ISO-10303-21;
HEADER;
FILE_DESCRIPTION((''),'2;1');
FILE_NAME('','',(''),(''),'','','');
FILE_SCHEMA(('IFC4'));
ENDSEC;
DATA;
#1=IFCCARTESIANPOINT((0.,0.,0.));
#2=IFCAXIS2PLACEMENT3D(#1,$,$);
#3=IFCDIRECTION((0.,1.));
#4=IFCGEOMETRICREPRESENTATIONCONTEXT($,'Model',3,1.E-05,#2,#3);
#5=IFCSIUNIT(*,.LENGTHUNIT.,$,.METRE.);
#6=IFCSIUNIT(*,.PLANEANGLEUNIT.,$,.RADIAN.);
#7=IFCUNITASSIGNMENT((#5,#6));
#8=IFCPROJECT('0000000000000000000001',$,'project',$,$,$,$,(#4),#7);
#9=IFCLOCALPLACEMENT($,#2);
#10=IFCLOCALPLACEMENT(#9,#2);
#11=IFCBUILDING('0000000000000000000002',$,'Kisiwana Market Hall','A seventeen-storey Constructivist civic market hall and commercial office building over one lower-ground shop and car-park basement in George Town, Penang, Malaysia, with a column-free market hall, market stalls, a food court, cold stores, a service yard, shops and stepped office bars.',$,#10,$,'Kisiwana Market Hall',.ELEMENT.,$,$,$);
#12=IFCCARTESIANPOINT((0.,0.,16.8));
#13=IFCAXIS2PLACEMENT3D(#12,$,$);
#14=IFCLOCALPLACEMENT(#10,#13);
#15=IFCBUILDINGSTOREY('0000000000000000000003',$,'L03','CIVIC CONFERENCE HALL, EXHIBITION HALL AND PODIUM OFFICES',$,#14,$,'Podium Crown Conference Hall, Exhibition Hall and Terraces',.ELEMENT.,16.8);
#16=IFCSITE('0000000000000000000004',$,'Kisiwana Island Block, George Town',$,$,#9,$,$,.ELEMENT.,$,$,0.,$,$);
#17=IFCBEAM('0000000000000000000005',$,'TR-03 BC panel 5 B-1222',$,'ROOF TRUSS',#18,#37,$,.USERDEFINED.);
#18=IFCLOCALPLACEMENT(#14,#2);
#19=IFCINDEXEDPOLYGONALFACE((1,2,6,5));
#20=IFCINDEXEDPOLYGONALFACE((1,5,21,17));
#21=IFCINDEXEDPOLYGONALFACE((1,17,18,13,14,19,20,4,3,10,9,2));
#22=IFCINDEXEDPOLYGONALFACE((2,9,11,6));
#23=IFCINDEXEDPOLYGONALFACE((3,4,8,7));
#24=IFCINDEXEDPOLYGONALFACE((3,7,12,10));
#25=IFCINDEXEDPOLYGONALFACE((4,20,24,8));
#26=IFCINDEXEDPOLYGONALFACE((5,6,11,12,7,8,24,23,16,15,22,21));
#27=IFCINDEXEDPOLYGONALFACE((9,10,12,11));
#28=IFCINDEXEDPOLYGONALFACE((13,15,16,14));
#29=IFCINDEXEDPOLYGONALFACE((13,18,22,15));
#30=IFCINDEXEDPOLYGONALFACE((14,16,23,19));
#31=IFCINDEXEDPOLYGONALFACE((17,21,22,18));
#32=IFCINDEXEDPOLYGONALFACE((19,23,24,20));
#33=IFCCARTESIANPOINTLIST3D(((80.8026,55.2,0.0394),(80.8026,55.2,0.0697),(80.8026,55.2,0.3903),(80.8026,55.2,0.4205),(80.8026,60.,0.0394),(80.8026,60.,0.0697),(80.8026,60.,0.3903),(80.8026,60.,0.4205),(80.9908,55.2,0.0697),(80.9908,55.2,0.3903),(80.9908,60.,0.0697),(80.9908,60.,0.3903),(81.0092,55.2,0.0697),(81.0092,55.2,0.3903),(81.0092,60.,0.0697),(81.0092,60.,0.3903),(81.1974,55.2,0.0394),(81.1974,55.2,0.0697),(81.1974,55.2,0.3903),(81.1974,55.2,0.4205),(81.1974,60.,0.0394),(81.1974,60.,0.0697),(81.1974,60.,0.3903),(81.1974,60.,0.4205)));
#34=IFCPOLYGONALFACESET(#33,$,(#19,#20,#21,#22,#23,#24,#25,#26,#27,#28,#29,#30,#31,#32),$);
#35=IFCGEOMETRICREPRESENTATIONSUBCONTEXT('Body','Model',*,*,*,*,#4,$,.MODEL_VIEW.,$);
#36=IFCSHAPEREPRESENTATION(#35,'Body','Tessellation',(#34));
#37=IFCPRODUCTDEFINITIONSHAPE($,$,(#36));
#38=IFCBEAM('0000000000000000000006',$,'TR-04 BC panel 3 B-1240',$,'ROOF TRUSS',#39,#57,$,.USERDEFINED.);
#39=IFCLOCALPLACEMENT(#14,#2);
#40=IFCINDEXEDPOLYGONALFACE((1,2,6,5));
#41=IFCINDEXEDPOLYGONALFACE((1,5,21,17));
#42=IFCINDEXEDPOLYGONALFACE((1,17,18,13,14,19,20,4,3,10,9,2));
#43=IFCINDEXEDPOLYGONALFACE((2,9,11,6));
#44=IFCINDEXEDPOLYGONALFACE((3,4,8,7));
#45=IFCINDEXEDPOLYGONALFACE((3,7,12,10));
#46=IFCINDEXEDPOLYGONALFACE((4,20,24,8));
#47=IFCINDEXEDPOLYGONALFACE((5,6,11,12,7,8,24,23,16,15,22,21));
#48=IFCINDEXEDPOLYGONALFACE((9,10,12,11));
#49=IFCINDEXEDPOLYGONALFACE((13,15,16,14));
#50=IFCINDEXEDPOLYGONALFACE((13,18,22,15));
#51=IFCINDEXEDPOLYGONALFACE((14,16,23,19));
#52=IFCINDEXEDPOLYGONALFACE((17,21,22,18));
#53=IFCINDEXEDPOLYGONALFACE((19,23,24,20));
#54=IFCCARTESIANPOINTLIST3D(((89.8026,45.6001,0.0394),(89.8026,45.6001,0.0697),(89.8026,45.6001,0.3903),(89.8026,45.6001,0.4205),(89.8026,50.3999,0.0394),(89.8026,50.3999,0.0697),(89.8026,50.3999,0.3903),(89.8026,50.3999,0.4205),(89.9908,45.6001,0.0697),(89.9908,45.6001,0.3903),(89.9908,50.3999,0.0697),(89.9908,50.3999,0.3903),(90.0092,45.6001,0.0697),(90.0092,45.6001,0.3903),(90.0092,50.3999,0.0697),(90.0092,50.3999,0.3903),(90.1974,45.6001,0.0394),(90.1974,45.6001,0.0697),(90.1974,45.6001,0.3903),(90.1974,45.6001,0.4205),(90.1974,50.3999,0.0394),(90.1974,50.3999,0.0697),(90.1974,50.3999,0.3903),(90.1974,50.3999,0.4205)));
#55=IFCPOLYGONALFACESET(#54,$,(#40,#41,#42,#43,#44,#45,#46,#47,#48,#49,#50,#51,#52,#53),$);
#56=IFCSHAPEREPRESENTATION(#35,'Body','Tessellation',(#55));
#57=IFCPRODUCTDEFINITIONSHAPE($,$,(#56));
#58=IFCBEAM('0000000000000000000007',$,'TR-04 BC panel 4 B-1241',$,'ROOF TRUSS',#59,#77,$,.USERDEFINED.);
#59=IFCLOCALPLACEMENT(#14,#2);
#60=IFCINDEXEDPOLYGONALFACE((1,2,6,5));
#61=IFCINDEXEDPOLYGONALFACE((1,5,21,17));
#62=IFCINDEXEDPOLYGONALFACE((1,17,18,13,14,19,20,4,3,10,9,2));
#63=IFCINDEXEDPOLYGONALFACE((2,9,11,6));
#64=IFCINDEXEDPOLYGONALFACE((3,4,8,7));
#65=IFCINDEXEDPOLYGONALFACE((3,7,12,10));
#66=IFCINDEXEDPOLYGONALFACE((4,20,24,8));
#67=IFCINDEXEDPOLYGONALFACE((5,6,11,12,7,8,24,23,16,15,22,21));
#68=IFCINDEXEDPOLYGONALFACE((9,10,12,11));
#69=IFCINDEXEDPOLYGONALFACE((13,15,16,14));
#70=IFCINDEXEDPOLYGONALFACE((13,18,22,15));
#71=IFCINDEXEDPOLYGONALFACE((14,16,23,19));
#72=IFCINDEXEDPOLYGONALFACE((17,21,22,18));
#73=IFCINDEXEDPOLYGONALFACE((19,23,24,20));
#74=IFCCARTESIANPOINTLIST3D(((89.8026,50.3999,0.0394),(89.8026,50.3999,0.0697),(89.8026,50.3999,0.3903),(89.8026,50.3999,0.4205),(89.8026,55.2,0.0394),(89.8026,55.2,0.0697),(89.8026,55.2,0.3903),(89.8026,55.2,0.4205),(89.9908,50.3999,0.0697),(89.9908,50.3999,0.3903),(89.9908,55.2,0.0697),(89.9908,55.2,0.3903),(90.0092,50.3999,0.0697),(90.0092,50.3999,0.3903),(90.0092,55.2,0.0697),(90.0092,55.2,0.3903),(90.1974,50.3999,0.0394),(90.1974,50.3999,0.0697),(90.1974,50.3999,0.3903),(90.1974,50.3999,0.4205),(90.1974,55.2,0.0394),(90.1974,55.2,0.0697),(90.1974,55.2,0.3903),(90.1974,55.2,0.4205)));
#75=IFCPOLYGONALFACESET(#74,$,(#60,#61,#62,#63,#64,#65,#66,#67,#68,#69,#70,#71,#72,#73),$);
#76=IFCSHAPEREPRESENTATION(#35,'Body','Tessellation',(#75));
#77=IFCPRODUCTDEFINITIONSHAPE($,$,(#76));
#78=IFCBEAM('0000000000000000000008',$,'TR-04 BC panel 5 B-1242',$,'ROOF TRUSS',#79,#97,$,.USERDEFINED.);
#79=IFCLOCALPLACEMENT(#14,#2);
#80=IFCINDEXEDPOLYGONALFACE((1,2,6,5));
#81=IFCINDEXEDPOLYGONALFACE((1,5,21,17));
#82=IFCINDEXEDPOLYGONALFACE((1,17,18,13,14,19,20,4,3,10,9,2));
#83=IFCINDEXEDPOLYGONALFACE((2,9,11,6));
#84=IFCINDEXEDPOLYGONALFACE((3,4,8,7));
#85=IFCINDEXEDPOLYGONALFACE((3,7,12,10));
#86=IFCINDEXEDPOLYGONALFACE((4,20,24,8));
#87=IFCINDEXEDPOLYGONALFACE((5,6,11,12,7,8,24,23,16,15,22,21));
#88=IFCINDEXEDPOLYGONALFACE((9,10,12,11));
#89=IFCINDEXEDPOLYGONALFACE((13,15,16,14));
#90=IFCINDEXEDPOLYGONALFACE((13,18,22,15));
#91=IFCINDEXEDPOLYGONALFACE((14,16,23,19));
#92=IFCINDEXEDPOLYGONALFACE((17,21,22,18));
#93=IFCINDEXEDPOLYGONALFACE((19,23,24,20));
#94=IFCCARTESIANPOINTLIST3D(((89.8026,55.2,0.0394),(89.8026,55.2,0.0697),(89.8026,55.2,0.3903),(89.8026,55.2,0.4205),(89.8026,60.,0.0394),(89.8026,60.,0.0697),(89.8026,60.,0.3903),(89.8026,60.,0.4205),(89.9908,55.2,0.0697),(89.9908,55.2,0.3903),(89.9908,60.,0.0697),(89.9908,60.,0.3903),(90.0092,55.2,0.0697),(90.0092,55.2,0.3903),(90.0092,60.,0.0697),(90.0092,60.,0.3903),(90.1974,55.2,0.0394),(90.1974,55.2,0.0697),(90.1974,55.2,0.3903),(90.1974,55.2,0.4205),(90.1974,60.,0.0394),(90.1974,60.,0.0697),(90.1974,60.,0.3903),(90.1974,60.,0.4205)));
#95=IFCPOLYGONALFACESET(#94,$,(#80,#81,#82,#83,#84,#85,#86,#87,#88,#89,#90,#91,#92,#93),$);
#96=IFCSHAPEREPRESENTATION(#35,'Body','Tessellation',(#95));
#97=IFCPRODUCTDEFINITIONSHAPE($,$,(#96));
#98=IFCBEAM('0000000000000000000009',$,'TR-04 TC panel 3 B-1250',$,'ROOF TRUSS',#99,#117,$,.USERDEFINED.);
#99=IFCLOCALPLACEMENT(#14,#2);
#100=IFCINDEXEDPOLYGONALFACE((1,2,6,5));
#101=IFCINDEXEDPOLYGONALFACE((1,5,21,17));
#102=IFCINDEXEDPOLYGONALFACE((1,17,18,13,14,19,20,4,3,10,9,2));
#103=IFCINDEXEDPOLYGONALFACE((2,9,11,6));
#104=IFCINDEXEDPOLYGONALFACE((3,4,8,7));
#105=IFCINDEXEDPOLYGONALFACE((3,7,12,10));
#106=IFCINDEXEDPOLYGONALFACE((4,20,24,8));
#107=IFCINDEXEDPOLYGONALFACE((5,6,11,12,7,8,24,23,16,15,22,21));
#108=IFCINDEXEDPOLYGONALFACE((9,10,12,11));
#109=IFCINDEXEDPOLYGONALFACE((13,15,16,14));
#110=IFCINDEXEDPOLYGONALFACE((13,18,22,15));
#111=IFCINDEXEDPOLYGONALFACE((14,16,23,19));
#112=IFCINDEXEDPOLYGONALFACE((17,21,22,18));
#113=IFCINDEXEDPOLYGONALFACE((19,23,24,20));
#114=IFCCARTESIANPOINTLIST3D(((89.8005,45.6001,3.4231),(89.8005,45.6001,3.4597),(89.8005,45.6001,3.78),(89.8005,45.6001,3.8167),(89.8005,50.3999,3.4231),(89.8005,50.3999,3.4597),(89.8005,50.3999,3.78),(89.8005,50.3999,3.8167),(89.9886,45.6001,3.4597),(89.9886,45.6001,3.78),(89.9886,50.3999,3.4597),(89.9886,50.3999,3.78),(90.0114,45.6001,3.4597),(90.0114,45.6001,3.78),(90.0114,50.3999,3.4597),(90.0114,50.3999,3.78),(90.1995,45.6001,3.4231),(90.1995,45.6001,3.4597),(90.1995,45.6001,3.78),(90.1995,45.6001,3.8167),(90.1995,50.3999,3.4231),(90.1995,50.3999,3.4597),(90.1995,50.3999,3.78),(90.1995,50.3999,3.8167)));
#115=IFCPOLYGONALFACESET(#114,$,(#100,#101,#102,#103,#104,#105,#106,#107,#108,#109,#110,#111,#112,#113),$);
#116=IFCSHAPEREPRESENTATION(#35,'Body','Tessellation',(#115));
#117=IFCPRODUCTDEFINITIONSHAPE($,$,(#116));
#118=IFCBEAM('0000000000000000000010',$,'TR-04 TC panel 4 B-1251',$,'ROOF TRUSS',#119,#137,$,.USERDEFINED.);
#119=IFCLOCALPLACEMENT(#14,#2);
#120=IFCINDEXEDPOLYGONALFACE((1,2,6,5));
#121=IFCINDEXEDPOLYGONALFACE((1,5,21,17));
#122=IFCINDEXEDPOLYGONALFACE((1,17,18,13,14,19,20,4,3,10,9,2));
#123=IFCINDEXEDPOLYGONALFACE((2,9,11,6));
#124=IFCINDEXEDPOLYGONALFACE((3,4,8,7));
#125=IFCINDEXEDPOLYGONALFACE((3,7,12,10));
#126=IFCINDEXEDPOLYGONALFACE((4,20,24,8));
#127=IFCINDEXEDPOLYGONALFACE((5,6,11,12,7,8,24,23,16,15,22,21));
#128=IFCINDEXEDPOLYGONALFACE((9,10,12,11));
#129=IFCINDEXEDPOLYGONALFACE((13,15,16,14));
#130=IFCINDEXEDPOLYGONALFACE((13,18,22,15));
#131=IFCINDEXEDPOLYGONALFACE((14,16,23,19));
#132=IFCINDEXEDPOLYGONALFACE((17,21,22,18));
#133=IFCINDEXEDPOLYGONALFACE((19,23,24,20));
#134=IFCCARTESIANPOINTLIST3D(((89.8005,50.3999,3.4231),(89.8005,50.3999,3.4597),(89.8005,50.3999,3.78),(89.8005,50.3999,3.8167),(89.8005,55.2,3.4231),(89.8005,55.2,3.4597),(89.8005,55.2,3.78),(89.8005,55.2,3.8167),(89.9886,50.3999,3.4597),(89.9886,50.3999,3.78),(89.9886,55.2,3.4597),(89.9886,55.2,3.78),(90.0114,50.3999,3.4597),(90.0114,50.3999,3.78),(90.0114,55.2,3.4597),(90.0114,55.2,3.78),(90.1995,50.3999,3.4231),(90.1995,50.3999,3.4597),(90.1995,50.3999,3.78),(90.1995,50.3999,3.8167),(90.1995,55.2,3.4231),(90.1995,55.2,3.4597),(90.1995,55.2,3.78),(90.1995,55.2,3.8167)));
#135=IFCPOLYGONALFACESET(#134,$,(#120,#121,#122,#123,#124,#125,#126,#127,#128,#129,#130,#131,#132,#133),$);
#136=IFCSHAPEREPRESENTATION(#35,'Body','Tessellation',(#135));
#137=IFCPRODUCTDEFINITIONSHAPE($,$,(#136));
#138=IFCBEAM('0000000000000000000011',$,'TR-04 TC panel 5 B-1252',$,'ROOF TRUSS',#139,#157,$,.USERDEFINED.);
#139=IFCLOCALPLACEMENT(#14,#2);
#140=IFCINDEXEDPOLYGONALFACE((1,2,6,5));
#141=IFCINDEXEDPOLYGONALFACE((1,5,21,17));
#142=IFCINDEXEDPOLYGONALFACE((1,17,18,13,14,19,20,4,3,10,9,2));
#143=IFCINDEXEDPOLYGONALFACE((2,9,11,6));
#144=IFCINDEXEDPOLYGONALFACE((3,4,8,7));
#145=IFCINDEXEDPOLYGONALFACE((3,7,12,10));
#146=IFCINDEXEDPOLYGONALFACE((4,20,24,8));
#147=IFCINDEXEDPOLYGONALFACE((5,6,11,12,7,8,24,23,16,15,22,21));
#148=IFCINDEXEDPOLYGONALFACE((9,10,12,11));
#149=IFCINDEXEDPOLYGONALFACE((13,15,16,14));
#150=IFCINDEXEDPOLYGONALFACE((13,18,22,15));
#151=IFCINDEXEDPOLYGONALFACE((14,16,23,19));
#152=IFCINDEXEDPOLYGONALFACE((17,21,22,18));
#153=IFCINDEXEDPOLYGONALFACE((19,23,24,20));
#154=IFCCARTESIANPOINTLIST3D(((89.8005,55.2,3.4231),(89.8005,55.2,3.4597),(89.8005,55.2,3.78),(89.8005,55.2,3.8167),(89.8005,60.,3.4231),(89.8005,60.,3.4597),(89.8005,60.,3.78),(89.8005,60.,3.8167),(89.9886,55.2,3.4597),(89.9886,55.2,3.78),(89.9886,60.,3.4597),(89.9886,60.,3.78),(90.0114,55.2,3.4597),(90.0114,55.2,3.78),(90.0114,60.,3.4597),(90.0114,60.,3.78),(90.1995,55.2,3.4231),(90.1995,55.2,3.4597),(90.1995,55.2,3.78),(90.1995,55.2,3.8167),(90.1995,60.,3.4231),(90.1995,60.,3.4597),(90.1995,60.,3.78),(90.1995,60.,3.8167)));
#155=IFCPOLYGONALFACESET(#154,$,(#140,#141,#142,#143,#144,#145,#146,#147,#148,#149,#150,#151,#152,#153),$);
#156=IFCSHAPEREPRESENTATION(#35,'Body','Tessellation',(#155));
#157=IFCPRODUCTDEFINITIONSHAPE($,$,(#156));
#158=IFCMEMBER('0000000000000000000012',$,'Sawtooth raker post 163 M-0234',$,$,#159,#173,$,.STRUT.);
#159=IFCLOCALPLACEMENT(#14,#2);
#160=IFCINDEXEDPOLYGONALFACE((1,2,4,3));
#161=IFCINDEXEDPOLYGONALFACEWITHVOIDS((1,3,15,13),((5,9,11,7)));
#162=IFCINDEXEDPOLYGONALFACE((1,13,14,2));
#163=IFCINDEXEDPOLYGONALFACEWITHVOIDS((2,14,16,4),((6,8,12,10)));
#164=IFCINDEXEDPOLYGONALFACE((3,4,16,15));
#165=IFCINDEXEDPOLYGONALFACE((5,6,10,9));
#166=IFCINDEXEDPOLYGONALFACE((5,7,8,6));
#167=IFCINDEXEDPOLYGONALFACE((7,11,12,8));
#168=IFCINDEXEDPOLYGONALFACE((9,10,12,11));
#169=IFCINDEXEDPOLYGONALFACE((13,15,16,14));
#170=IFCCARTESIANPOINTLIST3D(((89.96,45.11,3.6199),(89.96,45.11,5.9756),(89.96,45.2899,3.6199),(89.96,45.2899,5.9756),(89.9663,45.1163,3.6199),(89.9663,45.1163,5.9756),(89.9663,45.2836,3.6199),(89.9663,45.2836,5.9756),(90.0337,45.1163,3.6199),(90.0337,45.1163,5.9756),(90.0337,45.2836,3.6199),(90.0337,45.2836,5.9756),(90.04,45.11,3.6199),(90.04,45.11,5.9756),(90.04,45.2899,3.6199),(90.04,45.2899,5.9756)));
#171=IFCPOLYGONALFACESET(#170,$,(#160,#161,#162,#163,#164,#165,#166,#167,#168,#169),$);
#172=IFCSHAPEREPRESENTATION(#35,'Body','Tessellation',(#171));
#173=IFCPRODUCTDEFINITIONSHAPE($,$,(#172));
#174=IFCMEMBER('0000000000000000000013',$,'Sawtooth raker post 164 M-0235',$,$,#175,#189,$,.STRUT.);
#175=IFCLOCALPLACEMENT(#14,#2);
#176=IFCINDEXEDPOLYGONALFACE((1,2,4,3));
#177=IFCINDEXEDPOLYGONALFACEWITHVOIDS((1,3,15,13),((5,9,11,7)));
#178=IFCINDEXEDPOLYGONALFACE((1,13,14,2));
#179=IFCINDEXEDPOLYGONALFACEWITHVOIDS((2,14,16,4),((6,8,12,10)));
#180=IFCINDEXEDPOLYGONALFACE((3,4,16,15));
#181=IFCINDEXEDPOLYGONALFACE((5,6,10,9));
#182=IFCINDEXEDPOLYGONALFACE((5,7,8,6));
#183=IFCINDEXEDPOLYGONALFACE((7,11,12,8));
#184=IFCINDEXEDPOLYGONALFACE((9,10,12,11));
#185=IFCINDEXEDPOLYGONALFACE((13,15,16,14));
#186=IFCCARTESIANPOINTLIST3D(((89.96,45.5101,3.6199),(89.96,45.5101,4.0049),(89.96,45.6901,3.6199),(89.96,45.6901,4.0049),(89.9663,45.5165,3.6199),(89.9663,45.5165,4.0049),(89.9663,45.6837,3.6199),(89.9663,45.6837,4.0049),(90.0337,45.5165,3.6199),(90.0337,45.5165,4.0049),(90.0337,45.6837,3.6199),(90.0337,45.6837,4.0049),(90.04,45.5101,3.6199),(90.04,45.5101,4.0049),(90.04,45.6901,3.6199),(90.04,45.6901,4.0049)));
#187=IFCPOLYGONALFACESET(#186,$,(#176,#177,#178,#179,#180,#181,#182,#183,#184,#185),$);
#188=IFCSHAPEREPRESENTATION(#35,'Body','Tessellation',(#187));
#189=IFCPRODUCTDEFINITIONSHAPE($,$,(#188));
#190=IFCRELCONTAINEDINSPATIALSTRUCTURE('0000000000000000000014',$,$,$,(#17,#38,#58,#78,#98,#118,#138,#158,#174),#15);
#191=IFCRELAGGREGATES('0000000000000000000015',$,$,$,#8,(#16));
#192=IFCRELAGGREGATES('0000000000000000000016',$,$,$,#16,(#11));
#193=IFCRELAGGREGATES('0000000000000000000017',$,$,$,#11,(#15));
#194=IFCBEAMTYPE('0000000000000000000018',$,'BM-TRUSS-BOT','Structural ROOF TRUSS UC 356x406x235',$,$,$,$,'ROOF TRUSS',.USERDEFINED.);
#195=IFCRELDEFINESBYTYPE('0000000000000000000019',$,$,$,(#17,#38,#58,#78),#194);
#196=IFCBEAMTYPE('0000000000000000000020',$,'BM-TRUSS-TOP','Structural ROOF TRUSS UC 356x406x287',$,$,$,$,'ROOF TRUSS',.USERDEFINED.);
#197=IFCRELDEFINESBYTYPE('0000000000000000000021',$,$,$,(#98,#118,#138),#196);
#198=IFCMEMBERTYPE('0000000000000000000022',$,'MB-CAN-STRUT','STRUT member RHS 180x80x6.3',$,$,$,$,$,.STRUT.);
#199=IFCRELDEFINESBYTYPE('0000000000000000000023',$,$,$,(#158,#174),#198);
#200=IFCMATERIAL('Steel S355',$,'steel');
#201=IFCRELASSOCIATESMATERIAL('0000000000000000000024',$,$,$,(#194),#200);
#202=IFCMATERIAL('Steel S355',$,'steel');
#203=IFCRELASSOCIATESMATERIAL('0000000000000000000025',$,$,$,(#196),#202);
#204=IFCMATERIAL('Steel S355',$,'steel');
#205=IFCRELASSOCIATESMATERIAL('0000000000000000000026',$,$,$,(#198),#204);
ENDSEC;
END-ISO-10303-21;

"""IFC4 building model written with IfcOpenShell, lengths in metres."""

from ifc_helpers import new_model, si_unit, direction, frame, origin, origin_2d, place, context, subcontext, project, spatial, hollow_rectangle, i_section, extrude, material, material_profile, profile_set, type_object, element, save


model = new_model("IFC4")

# Units and contexts
model_context = context("Model", 3, precision=1e-05, world=origin(), true_north=direction((0.0, 1.0)))
body_context = subcontext(model_context, "Body", "Model", "MODEL_VIEW")
ifc_project = project(units=[si_unit("LENGTHUNIT", "METRE"), si_unit("PLANEANGLEUNIT", "RADIAN")], contexts=[model_context])

# Site, building, storey
site_placement = place(None, origin())
site = spatial("IfcSite", under=ifc_project, at=site_placement, Name="Kisiwana Island Block, George Town", CompositionType="ELEMENT", RefElevation=0.0)
building_placement = place(site_placement, origin())
building = spatial("IfcBuilding", under=site, at=building_placement, Name="Kisiwana Market Hall", Description="A seventeen-storey Constructivist civic market hall and commercial office building over one lower-ground shop and car-park basement in George Town, Penang, Malaysia, with a column-free market hall, market stalls, a food court, cold stores, a service yard, shops and stepped office bars.", LongName="Kisiwana Market Hall", CompositionType="ELEMENT")
storey_placement = place(building_placement, frame((0.0, 0.0, 16.8)))
storey = spatial("IfcBuildingStorey", under=building, at=storey_placement, Name="L03", Description="CIVIC CONFERENCE HALL, EXHIBITION HALL AND PODIUM OFFICES", LongName="Podium Crown Conference Hall, Exhibition Hall and Terraces", CompositionType="ELEMENT", Elevation=16.8)

# Beams
ifc_material_1 = material(Name="Steel S355", Category="steel")
ifc_material_profile_1 = material_profile(ifc_material_1, i_section(OverallWidth=0.3948, OverallDepth=0.3811, WebThickness=0.0183, FlangeThickness=0.0303, at=origin_2d()), Name="UC 356x406x235")
ifc_profile_set_1 = profile_set([ifc_material_profile_1], Name="Steel S355")
beam_type_1 = type_object("IfcBeamType", Name="BM-TRUSS-BOT", Description="Structural ROOF TRUSS UC 356x406x235", ElementType="ROOF TRUSS", PredefinedType="USERDEFINED", material=ifc_profile_set_1)
beam_1_placement = place(storey_placement, frame((81.0, 55.2, 0.23), z_axis=(0.0, 1.0, 0.0), x_axis=(-1.0, 0.0, 0.0)))
element("IfcBeam", 1, at=beam_1_placement, inside=storey, type_object=beam_type_1, Name="TR-03 BC panel 5 B-1222", ObjectType="ROOF TRUSS", PredefinedType="USERDEFINED", context=body_context, shape_type="SweptSolid", body=[
    extrude(i_section(OverallWidth=0.3948, OverallDepth=0.3811, WebThickness=0.0183, FlangeThickness=0.0303, at=origin_2d()), origin(), (0.0, 0.0, 1.0), 4.8),
])
beam_2_placement = place(storey_placement, frame((90.0, 45.6001, 0.23), z_axis=(0.0, 1.0, 0.0), x_axis=(-1.0, 0.0, 0.0)))
element("IfcBeam", 2, at=beam_2_placement, inside=storey, type_object=beam_type_1, Name="TR-04 BC panel 3 B-1240", ObjectType="ROOF TRUSS", PredefinedType="USERDEFINED", context=body_context, shape_type="SweptSolid", body=[
    extrude(i_section(OverallWidth=0.3948, OverallDepth=0.3811, WebThickness=0.0183, FlangeThickness=0.0303, at=origin_2d()), origin(), (0.0, 0.0, 1.0), 4.7998),
])
for number, where, z_axis, x_axis, name in (
    (3, (90.0, 50.3999, 0.23), (0.0, 1.0, 0.0), (-1.0, 0.0, 0.0), "TR-04 BC panel 4 B-1241"),
    (4, (90.0, 55.2, 0.23), (0.0, 1.0, 0.0), (-1.0, 0.0, 0.0), "TR-04 BC panel 5 B-1242"),
):
    element("IfcBeam", number, at=place(storey_placement, frame(where, z_axis=z_axis, x_axis=x_axis)), inside=storey, type_object=beam_type_1, Name=name, ObjectType="ROOF TRUSS", PredefinedType="USERDEFINED", context=body_context, shape_type="SweptSolid", body=[
        extrude(i_section(OverallWidth=0.3948, OverallDepth=0.3811, WebThickness=0.0183, FlangeThickness=0.0303, at=origin_2d()), origin(), (0.0, 0.0, 1.0), 4.8),
    ])
ifc_material_2 = material(Name="Steel S355", Category="steel")
ifc_material_profile_2 = material_profile(ifc_material_2, i_section(OverallWidth=0.3989, OverallDepth=0.3936, WebThickness=0.0227, FlangeThickness=0.0366, at=origin_2d()), Name="UC 356x406x287")
ifc_profile_set_2 = profile_set([ifc_material_profile_2], Name="Steel S355")
beam_type_2 = type_object("IfcBeamType", Name="BM-TRUSS-TOP", Description="Structural ROOF TRUSS UC 356x406x287", ElementType="ROOF TRUSS", PredefinedType="USERDEFINED", material=ifc_profile_set_2)
beam_3_placement = place(storey_placement, frame((90.0, 45.6001, 3.6199), z_axis=(0.0, 1.0, 0.0), x_axis=(-1.0, 0.0, 0.0)))
element("IfcBeam", 5, at=beam_3_placement, inside=storey, type_object=beam_type_2, Name="TR-04 TC panel 3 B-1250", ObjectType="ROOF TRUSS", PredefinedType="USERDEFINED", context=body_context, shape_type="SweptSolid", body=[
    extrude(i_section(OverallWidth=0.3989, OverallDepth=0.3936, WebThickness=0.0227, FlangeThickness=0.0366, at=origin_2d()), origin(), (0.0, 0.0, 1.0), 4.7998),
])
for number, where, z_axis, x_axis, name in (
    (6, (90.0, 50.3999, 3.6199), (0.0, 1.0, 0.0), (-1.0, 0.0, 0.0), "TR-04 TC panel 4 B-1251"),
    (7, (90.0, 55.2, 3.6199), (0.0, 1.0, 0.0), (-1.0, 0.0, 0.0), "TR-04 TC panel 5 B-1252"),
):
    element("IfcBeam", number, at=place(storey_placement, frame(where, z_axis=z_axis, x_axis=x_axis)), inside=storey, type_object=beam_type_2, Name=name, ObjectType="ROOF TRUSS", PredefinedType="USERDEFINED", context=body_context, shape_type="SweptSolid", body=[
        extrude(i_section(OverallWidth=0.3989, OverallDepth=0.3936, WebThickness=0.0227, FlangeThickness=0.0366, at=origin_2d()), origin(), (0.0, 0.0, 1.0), 4.8),
    ])

# Members
ifc_material_3 = material(Name="Steel S355", Category="steel")
ifc_material_profile_3 = material_profile(ifc_material_3, hollow_rectangle(XDim=0.0801, YDim=0.1799, WallThickness=0.0063, at=origin_2d()), Name="RHS 180x80x6.3")
ifc_profile_set_3 = profile_set([ifc_material_profile_3], Name="Steel S355")
member_type_1 = type_object("IfcMemberType", Name="MB-CAN-STRUT", Description="STRUT member RHS 180x80x6.3", PredefinedType="STRUT", material=ifc_profile_set_3)
member_1_placement = place(storey_placement, frame((90.0, 45.2, 3.6199), z_axis=(0.0, 0.0, 1.0), x_axis=(1.0, 0.0, 0.0)))
element("IfcMember", 8, at=member_1_placement, inside=storey, type_object=member_type_1, Name="Sawtooth raker post 163 M-0234", PredefinedType="STRUT", context=body_context, shape_type="SweptSolid", body=[
    extrude(hollow_rectangle(XDim=0.0801, YDim=0.1799, WallThickness=0.0063, at=origin_2d()), origin(), (0.0, 0.0, 1.0), 2.3557),
])
for number, where, z_axis, x_axis, name in (
    (9, (90.0, 45.6001, 3.6199), (0.0, 0.0, 1.0), (1.0, 0.0, 0.0), "Sawtooth raker post 164 M-0235"),
):
    element("IfcMember", number, at=place(storey_placement, frame(where, z_axis=z_axis, x_axis=x_axis)), inside=storey, type_object=member_type_1, Name=name, PredefinedType="STRUT", context=body_context, shape_type="SweptSolid", body=[
        extrude(hollow_rectangle(XDim=0.0801, YDim=0.1799, WallThickness=0.0063, at=origin_2d()), origin(), (0.0, 0.0, 1.0), 0.385),
    ])

save(model, "model.ifc")
